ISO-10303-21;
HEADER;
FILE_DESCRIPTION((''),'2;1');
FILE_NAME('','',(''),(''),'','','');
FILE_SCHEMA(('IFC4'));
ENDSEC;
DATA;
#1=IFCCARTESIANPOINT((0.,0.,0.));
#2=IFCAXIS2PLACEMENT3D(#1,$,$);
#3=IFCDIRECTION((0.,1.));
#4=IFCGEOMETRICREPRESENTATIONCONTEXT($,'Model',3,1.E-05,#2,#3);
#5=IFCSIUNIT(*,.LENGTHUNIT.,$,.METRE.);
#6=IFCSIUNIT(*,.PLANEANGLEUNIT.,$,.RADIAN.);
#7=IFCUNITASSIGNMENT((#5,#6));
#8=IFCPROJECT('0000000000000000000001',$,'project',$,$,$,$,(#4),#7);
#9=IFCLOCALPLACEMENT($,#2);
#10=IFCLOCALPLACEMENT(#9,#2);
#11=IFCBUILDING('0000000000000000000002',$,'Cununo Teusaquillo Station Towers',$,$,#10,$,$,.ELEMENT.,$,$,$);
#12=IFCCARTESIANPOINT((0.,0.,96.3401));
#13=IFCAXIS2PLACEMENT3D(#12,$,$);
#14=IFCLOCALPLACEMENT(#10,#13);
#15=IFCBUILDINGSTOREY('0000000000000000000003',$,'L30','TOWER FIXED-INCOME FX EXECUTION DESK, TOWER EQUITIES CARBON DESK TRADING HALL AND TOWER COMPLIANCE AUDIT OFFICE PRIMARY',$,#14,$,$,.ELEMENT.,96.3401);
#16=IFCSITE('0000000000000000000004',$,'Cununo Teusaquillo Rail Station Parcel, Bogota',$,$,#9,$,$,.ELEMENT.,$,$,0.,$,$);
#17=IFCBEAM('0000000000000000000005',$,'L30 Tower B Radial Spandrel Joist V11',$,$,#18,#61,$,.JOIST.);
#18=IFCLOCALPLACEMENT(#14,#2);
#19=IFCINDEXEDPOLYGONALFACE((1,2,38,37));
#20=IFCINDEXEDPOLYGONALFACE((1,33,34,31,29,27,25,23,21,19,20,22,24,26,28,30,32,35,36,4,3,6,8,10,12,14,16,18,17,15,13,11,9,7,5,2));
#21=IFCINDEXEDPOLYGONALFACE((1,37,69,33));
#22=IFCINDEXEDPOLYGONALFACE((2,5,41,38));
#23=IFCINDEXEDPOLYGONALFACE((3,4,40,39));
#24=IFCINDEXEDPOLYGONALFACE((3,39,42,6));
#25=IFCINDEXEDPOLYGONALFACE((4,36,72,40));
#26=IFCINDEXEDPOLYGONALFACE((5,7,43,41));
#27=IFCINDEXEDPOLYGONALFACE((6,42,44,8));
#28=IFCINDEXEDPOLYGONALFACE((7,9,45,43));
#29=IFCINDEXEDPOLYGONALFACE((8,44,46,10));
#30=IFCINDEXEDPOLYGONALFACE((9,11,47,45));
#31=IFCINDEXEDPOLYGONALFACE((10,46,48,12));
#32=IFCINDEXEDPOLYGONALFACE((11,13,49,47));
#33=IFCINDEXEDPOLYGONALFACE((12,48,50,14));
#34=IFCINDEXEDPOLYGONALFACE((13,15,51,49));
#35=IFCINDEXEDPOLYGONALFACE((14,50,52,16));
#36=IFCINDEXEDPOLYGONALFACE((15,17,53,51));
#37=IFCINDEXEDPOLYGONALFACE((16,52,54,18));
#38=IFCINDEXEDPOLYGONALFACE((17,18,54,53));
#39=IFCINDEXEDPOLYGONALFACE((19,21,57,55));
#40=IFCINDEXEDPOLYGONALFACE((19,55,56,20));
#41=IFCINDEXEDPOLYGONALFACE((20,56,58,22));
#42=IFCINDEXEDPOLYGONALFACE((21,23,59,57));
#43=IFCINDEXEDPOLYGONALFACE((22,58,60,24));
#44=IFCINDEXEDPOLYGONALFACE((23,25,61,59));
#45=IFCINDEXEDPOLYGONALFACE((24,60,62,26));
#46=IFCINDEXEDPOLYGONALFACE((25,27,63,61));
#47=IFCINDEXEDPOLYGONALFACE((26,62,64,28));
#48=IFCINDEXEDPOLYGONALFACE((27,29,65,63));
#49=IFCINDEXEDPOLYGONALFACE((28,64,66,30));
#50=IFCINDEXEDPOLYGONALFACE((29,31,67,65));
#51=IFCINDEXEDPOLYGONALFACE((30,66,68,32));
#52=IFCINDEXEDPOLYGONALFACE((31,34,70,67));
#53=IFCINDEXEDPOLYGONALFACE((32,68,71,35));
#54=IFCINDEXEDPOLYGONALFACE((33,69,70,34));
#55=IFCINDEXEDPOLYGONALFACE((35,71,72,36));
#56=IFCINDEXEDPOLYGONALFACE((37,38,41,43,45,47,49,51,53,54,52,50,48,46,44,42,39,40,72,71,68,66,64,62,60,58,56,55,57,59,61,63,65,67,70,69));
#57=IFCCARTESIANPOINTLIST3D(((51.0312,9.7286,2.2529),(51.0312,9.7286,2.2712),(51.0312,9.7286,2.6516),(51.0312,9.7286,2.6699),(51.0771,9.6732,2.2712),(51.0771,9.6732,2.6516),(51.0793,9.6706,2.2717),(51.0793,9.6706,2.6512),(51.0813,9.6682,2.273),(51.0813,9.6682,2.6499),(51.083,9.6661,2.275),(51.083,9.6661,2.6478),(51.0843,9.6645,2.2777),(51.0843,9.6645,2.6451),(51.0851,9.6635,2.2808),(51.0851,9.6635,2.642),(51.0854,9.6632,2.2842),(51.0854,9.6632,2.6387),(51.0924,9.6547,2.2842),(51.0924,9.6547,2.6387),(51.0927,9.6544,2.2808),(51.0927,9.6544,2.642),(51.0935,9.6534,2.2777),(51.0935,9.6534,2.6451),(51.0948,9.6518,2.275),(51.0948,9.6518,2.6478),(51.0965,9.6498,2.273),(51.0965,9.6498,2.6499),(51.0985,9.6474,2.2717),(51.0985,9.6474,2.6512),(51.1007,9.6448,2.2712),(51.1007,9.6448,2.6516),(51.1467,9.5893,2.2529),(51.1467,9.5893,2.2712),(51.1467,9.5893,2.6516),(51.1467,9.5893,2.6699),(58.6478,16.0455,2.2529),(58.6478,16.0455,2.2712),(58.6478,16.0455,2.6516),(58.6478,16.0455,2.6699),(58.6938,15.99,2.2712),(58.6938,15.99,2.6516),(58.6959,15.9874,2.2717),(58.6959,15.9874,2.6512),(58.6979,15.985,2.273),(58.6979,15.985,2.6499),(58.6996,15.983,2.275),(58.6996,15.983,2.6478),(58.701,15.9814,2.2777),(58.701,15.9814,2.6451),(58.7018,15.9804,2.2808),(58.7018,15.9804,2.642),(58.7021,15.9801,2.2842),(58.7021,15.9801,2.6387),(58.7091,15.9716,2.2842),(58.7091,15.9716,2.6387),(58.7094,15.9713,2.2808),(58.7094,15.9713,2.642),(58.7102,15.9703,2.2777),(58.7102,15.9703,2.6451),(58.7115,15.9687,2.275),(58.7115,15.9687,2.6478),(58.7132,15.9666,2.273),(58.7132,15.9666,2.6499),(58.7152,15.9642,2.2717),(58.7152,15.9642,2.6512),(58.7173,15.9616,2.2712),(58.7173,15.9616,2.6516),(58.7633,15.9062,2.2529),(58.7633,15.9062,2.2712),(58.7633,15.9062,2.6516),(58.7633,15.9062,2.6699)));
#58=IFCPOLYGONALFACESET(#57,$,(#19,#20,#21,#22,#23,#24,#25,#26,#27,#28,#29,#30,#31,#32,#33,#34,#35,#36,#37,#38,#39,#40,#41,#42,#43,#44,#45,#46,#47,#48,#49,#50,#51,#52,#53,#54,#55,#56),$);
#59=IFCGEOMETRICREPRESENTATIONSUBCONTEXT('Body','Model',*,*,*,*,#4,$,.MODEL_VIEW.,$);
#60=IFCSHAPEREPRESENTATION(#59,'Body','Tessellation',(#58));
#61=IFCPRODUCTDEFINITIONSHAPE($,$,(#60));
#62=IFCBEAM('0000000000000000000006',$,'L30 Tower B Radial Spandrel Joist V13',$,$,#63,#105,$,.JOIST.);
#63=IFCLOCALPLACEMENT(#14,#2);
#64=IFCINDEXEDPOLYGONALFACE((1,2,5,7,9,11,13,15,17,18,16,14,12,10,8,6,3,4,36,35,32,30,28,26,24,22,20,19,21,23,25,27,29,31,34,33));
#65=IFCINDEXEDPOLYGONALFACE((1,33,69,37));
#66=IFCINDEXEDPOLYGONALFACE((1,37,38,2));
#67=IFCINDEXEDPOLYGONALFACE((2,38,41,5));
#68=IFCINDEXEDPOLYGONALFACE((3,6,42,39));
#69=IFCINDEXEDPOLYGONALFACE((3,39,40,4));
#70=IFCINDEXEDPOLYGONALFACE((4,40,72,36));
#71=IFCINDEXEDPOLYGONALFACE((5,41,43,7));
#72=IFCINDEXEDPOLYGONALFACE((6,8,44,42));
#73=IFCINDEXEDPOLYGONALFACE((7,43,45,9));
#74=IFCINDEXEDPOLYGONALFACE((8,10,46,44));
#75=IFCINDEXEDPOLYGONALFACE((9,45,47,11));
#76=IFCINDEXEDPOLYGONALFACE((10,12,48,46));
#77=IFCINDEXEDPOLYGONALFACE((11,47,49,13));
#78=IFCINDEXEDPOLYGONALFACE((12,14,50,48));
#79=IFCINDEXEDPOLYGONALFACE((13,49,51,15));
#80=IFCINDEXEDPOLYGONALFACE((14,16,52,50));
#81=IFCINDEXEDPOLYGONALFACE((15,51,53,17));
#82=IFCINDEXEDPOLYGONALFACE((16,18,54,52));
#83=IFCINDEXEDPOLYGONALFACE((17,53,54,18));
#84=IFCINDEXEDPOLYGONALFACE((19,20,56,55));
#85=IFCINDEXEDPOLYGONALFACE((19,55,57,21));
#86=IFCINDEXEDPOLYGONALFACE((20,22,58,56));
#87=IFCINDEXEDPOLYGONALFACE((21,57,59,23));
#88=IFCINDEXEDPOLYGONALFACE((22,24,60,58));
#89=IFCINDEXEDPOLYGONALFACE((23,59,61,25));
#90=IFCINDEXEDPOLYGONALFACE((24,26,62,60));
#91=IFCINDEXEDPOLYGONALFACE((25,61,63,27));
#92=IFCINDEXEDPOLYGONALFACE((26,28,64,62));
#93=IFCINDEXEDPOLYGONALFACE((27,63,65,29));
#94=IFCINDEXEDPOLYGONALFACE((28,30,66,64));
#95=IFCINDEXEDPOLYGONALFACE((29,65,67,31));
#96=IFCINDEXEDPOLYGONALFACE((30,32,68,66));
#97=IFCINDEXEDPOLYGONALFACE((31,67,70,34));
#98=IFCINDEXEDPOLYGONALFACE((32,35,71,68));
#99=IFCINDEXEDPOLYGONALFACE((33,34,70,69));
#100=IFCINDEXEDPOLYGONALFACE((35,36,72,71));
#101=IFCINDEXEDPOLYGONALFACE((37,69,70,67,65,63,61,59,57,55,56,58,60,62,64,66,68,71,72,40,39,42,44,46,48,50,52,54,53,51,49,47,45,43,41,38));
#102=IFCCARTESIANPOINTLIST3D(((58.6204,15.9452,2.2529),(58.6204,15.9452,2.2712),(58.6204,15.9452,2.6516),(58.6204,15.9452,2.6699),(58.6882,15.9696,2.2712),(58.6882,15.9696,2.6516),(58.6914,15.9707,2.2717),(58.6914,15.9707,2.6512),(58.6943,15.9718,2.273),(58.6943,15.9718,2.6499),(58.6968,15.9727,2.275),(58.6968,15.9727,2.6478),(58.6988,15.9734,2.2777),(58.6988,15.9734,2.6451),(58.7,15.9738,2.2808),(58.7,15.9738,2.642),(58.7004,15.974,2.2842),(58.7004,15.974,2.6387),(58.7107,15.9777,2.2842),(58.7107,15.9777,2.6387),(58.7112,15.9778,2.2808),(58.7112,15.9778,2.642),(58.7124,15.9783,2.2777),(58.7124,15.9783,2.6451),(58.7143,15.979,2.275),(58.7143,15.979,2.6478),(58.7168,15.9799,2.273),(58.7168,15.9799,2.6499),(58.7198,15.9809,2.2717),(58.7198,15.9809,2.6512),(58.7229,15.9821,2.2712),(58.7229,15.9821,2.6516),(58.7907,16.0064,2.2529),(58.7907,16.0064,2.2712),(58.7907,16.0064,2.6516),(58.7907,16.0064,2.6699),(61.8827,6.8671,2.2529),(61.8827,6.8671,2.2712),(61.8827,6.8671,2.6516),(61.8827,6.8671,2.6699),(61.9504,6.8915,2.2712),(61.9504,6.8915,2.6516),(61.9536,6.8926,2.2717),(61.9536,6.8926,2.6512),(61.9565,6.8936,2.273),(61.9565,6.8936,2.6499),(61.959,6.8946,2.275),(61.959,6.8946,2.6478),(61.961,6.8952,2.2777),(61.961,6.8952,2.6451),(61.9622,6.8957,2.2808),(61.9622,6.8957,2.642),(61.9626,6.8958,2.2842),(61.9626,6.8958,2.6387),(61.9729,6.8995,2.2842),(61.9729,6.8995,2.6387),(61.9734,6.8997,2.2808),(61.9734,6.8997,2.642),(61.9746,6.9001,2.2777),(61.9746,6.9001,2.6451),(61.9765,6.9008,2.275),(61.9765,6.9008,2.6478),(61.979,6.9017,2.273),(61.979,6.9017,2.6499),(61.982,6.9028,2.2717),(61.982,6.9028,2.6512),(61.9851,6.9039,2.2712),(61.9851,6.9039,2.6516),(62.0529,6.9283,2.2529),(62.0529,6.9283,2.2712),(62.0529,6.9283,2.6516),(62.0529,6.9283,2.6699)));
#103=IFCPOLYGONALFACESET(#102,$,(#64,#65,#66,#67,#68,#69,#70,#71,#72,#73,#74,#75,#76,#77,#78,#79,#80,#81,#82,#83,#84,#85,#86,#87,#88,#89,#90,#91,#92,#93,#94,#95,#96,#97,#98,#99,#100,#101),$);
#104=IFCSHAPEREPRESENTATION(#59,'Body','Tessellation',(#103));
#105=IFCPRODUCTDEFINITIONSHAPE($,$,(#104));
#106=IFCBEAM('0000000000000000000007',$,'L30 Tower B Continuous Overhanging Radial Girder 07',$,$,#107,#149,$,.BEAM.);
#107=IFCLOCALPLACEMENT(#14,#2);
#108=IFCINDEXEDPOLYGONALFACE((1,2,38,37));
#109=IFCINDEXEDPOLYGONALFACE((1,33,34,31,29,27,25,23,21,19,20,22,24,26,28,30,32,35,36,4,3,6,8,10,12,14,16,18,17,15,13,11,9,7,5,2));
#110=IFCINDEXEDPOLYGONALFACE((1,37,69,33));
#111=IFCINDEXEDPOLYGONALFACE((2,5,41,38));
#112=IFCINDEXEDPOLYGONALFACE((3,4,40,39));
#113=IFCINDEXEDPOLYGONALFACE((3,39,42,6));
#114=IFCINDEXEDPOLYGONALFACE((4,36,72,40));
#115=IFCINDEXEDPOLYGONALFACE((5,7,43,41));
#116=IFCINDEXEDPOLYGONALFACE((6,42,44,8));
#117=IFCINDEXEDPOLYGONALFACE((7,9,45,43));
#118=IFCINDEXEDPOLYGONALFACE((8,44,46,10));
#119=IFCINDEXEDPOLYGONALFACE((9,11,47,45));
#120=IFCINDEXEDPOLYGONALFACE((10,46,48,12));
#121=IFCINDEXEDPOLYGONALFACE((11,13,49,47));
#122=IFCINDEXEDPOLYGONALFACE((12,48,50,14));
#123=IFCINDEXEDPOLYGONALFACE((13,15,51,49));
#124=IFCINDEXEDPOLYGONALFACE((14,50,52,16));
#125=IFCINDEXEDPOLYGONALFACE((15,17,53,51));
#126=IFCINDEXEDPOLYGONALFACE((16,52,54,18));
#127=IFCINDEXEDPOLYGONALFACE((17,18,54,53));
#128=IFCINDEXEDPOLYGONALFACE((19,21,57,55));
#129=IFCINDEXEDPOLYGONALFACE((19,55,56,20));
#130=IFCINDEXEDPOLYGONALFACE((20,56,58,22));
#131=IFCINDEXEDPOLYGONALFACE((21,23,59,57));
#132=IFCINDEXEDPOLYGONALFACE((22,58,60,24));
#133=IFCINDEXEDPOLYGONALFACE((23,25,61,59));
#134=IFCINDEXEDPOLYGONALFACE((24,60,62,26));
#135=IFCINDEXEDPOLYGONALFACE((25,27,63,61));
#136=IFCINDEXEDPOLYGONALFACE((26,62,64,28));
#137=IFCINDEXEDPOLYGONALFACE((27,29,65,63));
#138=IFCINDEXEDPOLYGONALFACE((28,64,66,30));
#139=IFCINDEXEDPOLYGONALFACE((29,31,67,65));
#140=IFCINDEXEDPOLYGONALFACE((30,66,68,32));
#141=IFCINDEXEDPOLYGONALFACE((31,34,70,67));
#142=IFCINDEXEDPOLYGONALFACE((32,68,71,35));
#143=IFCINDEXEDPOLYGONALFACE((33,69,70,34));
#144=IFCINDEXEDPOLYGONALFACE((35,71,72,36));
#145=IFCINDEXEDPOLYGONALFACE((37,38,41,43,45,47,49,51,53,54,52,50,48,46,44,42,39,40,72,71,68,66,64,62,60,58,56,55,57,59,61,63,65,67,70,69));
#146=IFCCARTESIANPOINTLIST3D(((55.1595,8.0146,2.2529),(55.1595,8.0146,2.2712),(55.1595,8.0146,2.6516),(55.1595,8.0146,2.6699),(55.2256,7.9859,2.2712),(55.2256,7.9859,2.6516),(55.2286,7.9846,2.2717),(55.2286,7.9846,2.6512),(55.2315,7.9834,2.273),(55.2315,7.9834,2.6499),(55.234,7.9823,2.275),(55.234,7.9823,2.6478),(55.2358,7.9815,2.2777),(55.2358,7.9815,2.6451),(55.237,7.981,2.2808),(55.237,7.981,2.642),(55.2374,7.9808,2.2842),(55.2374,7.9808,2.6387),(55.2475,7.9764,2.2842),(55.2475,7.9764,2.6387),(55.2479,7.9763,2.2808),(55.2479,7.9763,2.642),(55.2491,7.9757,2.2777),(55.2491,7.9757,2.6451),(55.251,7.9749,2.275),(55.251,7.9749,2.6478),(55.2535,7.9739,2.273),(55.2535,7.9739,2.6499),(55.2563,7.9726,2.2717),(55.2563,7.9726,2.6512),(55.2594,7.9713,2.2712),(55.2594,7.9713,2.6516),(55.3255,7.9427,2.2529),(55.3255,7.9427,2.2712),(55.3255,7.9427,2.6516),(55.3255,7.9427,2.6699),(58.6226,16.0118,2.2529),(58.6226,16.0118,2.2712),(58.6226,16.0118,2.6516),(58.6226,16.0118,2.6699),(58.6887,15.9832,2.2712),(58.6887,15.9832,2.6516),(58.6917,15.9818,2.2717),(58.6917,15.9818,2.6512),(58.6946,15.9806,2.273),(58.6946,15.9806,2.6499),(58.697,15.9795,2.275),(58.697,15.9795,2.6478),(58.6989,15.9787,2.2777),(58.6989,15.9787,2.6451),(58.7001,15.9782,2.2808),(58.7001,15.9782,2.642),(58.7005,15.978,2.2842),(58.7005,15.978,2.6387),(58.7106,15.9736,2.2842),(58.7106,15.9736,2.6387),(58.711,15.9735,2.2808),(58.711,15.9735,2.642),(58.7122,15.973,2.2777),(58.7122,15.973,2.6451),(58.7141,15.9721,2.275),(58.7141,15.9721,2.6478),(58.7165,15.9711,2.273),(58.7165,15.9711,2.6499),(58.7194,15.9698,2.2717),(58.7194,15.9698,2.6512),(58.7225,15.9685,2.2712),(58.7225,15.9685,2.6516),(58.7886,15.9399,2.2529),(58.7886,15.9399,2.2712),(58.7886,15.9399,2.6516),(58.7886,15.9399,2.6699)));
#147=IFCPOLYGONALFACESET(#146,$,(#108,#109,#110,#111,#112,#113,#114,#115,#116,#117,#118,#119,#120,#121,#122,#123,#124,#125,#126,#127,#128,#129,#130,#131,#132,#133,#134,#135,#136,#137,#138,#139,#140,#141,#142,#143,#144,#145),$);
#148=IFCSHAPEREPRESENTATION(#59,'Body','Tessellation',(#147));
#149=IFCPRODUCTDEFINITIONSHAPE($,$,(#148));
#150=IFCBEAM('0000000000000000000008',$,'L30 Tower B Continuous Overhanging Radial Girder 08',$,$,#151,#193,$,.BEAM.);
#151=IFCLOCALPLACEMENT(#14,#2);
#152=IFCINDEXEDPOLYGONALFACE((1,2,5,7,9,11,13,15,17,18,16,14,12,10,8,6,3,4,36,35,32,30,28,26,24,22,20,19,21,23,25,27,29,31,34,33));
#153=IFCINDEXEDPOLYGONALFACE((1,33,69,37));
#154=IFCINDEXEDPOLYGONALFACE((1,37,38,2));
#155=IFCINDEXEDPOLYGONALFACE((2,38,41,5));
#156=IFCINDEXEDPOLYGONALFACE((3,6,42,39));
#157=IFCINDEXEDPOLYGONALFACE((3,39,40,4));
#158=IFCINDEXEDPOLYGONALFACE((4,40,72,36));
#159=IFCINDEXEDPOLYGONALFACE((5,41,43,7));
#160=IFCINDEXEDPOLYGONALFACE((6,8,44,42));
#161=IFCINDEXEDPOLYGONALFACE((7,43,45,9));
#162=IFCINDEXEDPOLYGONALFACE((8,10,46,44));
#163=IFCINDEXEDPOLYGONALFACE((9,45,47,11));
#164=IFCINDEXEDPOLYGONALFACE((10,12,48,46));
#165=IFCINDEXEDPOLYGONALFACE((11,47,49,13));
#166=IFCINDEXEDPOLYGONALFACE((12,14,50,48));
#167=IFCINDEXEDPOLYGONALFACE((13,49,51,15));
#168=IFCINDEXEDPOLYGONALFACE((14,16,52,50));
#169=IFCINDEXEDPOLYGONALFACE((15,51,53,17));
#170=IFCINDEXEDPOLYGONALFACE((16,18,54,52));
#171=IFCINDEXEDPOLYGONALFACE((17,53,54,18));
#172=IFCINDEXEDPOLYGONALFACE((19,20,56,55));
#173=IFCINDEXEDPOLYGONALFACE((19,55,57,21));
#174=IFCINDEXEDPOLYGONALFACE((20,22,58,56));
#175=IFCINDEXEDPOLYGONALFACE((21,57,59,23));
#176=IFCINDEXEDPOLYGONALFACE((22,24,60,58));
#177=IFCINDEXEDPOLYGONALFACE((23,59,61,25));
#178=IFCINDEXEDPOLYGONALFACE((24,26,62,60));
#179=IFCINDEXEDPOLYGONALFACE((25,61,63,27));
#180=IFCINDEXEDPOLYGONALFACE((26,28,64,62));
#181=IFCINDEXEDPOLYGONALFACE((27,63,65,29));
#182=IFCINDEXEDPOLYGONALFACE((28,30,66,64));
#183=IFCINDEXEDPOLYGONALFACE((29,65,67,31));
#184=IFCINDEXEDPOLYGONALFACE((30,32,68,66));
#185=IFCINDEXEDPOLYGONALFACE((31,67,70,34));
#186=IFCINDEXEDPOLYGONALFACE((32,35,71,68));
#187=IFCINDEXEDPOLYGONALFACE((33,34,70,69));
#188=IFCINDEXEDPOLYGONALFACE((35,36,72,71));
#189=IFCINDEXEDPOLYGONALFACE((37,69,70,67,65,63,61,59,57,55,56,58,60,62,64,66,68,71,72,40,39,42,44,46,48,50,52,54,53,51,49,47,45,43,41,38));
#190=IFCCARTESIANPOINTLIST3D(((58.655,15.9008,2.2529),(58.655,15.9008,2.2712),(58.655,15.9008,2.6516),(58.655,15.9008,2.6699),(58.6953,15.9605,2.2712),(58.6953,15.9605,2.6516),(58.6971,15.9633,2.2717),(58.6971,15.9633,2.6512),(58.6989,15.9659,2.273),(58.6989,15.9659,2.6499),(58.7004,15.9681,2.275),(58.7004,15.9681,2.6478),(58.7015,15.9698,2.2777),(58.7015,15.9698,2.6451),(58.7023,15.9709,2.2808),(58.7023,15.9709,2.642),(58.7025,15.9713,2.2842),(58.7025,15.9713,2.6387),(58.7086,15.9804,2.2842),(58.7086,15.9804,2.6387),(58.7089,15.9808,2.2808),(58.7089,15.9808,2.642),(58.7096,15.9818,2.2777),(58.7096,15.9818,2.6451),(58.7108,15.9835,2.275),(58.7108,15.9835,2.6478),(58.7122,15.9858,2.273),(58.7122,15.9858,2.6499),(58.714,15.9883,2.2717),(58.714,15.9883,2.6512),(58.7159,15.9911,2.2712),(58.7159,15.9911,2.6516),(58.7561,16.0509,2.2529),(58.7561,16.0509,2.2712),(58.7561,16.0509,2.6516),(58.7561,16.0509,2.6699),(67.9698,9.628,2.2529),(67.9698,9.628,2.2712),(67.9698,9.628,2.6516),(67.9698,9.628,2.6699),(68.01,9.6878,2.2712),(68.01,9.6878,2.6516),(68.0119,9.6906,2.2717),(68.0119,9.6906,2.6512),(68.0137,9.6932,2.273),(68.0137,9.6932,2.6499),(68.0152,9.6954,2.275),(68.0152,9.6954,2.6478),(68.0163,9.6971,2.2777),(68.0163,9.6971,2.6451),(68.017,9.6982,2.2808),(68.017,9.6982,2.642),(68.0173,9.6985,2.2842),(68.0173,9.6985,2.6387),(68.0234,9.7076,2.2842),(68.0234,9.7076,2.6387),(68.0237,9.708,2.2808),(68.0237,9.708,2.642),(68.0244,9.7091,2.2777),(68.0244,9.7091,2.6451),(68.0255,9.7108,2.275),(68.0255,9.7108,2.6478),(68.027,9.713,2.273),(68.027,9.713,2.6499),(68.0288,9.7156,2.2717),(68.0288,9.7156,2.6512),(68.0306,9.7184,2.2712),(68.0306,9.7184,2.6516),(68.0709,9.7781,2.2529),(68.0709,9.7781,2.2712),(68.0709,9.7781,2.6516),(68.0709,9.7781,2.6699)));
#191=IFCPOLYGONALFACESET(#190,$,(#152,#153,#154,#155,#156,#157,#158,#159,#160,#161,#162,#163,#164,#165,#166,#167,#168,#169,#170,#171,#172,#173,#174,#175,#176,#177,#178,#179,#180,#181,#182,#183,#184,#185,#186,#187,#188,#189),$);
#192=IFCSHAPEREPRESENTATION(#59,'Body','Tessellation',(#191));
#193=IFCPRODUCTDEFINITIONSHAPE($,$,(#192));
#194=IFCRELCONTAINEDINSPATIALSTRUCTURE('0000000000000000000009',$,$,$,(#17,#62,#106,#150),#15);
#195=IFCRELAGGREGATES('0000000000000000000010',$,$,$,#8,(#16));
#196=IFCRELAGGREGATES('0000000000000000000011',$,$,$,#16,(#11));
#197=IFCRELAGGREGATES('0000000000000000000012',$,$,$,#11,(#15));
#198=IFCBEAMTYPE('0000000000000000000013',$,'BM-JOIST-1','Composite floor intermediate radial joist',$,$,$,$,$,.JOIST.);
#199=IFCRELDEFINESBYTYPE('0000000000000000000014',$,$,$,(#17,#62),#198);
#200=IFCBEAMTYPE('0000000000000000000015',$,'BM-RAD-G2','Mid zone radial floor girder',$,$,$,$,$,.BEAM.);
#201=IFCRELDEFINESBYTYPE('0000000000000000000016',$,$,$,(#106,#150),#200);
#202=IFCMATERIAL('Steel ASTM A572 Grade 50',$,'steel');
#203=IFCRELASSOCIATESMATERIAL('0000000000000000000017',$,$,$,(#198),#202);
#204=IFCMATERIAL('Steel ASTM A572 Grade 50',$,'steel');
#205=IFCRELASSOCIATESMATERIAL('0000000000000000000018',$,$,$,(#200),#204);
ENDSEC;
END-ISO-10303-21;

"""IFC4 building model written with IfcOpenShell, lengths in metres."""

from ifc_helpers import new_model, si_unit, direction, frame, origin, origin_2d, place, context, subcontext, project, spatial, i_section, extrude, material, material_profile, profile_set, type_object, element, save


model = new_model("IFC4")

# Units and contexts
model_context = context("Model", 3, precision=1e-05, world=origin(), true_north=direction((0.0, 1.0)))
body_context = subcontext(model_context, "Body", "Model", "MODEL_VIEW")
ifc_project = project(units=[si_unit("LENGTHUNIT", "METRE"), si_unit("PLANEANGLEUNIT", "RADIAN")], contexts=[model_context])

# Site, building, storey
site_placement = place(None, origin())
site = spatial("IfcSite", under=ifc_project, at=site_placement, Name="Cununo Teusaquillo Rail Station Parcel, Bogota", CompositionType="ELEMENT", RefElevation=0.0)
building_placement = place(site_placement, origin())
building = spatial("IfcBuilding", under=site, at=building_placement, Name="Cununo Teusaquillo Station Towers", CompositionType="ELEMENT")
storey_placement = place(building_placement, frame((0.0, 0.0, 96.3401)))
storey = spatial("IfcBuildingStorey", under=building, at=storey_placement, Name="L30", Description="TOWER FIXED-INCOME FX EXECUTION DESK, TOWER EQUITIES CARBON DESK TRADING HALL AND TOWER COMPLIANCE AUDIT OFFICE PRIMARY", CompositionType="ELEMENT", Elevation=96.3401)

# Beams
ifc_material_1 = material(Name="Steel ASTM A572 Grade 50", Category="steel")
ifc_material_profile_1 = material_profile(ifc_material_1, i_section(OverallWidth=0.1809, OverallDepth=0.417, WebThickness=0.011, FlangeThickness=0.0183, FilletRadius=0.0129, at=origin_2d()), Name="W16X57")
ifc_profile_set_1 = profile_set([ifc_material_profile_1], Name="Steel ASTM A572 Grade 50")
beam_type_1 = type_object("IfcBeamType", Name="BM-JOIST-1", Description="Composite floor intermediate radial joist", PredefinedType="JOIST", material=ifc_profile_set_1)
beam_1_placement = place(storey_placement, frame((58.7056, 15.9758, 2.4614), z_axis=(-0.769728, -0.638372, 0.0), x_axis=(0.638372, -0.769728, 0.0)))
element("IfcBeam", 1, at=beam_1_placement, inside=storey, type_object=beam_type_1, Name="L30 Tower B Radial Spandrel Joist V11", PredefinedType="JOIST", context=body_context, shape_type="SweptSolid", body=[
    extrude(i_section(OverallWidth=0.1809, OverallDepth=0.417, WebThickness=0.011, FlangeThickness=0.0183, FilletRadius=0.0129, at=origin_2d()), origin(), (0.0, 0.0, 1.0), 9.8953),
])
beam_2_placement = place(storey_placement, frame((58.7056, 15.9758, 2.4614), z_axis=(0.338176, -0.941083, 0.0), x_axis=(0.941083, 0.338176, 0.0)))
element("IfcBeam", 2, at=beam_2_placement, inside=storey, type_object=beam_type_1, Name="L30 Tower B Radial Spandrel Joist V13", PredefinedType="JOIST", context=body_context, shape_type="SweptSolid", body=[
    extrude(i_section(OverallWidth=0.1809, OverallDepth=0.417, WebThickness=0.011, FlangeThickness=0.0183, FilletRadius=0.0129, at=origin_2d()), origin(), (0.0, 0.0, 1.0), 9.6465),
])
ifc_material_2 = material(Name="Steel ASTM A572 Grade 50", Category="steel")
ifc_material_profile_2 = material_profile(ifc_material_2, i_section(OverallWidth=0.1809, OverallDepth=0.417, WebThickness=0.011, FlangeThickness=0.0183, FilletRadius=0.0129, at=origin_2d()), Name="W16X57")
ifc_profile_set_2 = profile_set([ifc_material_profile_2], Name="Steel ASTM A572 Grade 50")
beam_type_2 = type_object("IfcBeamType", Name="BM-RAD-G2", Description="Mid zone radial floor girder", PredefinedType="BEAM", material=ifc_profile_set_2)
beam_3_placement = place(storey_placement, frame((58.7056, 15.9758, 2.4614), z_axis=(-0.397379, -0.917655, 0.0), x_axis=(0.917655, -0.397379, 0.0)))
element("IfcBeam", 3, at=beam_3_placement, inside=storey, type_object=beam_type_2, Name="L30 Tower B Continuous Overhanging Radial Girder 07", PredefinedType="BEAM", context=body_context, shape_type="SweptSolid", body=[
    extrude(i_section(OverallWidth=0.1809, OverallDepth=0.417, WebThickness=0.011, FlangeThickness=0.0183, FilletRadius=0.0129, at=origin_2d()), origin(), (0.0, 0.0, 1.0), 8.7148),
])
beam_4_placement = place(storey_placement, frame((58.7056, 15.9758, 2.4614), z_axis=(0.829456, -0.558572, 0.0), x_axis=(0.558572, 0.829456, 0.0)))
element("IfcBeam", 4, at=beam_4_placement, inside=storey, type_object=beam_type_2, Name="L30 Tower B Continuous Overhanging Radial Girder 08", PredefinedType="BEAM", context=body_context, shape_type="SweptSolid", body=[
    extrude(i_section(OverallWidth=0.1809, OverallDepth=0.417, WebThickness=0.011, FlangeThickness=0.0183, FilletRadius=0.0129, at=origin_2d()), origin(), (0.0, 0.0, 1.0), 11.23),
])

save(model, "model.ifc")
